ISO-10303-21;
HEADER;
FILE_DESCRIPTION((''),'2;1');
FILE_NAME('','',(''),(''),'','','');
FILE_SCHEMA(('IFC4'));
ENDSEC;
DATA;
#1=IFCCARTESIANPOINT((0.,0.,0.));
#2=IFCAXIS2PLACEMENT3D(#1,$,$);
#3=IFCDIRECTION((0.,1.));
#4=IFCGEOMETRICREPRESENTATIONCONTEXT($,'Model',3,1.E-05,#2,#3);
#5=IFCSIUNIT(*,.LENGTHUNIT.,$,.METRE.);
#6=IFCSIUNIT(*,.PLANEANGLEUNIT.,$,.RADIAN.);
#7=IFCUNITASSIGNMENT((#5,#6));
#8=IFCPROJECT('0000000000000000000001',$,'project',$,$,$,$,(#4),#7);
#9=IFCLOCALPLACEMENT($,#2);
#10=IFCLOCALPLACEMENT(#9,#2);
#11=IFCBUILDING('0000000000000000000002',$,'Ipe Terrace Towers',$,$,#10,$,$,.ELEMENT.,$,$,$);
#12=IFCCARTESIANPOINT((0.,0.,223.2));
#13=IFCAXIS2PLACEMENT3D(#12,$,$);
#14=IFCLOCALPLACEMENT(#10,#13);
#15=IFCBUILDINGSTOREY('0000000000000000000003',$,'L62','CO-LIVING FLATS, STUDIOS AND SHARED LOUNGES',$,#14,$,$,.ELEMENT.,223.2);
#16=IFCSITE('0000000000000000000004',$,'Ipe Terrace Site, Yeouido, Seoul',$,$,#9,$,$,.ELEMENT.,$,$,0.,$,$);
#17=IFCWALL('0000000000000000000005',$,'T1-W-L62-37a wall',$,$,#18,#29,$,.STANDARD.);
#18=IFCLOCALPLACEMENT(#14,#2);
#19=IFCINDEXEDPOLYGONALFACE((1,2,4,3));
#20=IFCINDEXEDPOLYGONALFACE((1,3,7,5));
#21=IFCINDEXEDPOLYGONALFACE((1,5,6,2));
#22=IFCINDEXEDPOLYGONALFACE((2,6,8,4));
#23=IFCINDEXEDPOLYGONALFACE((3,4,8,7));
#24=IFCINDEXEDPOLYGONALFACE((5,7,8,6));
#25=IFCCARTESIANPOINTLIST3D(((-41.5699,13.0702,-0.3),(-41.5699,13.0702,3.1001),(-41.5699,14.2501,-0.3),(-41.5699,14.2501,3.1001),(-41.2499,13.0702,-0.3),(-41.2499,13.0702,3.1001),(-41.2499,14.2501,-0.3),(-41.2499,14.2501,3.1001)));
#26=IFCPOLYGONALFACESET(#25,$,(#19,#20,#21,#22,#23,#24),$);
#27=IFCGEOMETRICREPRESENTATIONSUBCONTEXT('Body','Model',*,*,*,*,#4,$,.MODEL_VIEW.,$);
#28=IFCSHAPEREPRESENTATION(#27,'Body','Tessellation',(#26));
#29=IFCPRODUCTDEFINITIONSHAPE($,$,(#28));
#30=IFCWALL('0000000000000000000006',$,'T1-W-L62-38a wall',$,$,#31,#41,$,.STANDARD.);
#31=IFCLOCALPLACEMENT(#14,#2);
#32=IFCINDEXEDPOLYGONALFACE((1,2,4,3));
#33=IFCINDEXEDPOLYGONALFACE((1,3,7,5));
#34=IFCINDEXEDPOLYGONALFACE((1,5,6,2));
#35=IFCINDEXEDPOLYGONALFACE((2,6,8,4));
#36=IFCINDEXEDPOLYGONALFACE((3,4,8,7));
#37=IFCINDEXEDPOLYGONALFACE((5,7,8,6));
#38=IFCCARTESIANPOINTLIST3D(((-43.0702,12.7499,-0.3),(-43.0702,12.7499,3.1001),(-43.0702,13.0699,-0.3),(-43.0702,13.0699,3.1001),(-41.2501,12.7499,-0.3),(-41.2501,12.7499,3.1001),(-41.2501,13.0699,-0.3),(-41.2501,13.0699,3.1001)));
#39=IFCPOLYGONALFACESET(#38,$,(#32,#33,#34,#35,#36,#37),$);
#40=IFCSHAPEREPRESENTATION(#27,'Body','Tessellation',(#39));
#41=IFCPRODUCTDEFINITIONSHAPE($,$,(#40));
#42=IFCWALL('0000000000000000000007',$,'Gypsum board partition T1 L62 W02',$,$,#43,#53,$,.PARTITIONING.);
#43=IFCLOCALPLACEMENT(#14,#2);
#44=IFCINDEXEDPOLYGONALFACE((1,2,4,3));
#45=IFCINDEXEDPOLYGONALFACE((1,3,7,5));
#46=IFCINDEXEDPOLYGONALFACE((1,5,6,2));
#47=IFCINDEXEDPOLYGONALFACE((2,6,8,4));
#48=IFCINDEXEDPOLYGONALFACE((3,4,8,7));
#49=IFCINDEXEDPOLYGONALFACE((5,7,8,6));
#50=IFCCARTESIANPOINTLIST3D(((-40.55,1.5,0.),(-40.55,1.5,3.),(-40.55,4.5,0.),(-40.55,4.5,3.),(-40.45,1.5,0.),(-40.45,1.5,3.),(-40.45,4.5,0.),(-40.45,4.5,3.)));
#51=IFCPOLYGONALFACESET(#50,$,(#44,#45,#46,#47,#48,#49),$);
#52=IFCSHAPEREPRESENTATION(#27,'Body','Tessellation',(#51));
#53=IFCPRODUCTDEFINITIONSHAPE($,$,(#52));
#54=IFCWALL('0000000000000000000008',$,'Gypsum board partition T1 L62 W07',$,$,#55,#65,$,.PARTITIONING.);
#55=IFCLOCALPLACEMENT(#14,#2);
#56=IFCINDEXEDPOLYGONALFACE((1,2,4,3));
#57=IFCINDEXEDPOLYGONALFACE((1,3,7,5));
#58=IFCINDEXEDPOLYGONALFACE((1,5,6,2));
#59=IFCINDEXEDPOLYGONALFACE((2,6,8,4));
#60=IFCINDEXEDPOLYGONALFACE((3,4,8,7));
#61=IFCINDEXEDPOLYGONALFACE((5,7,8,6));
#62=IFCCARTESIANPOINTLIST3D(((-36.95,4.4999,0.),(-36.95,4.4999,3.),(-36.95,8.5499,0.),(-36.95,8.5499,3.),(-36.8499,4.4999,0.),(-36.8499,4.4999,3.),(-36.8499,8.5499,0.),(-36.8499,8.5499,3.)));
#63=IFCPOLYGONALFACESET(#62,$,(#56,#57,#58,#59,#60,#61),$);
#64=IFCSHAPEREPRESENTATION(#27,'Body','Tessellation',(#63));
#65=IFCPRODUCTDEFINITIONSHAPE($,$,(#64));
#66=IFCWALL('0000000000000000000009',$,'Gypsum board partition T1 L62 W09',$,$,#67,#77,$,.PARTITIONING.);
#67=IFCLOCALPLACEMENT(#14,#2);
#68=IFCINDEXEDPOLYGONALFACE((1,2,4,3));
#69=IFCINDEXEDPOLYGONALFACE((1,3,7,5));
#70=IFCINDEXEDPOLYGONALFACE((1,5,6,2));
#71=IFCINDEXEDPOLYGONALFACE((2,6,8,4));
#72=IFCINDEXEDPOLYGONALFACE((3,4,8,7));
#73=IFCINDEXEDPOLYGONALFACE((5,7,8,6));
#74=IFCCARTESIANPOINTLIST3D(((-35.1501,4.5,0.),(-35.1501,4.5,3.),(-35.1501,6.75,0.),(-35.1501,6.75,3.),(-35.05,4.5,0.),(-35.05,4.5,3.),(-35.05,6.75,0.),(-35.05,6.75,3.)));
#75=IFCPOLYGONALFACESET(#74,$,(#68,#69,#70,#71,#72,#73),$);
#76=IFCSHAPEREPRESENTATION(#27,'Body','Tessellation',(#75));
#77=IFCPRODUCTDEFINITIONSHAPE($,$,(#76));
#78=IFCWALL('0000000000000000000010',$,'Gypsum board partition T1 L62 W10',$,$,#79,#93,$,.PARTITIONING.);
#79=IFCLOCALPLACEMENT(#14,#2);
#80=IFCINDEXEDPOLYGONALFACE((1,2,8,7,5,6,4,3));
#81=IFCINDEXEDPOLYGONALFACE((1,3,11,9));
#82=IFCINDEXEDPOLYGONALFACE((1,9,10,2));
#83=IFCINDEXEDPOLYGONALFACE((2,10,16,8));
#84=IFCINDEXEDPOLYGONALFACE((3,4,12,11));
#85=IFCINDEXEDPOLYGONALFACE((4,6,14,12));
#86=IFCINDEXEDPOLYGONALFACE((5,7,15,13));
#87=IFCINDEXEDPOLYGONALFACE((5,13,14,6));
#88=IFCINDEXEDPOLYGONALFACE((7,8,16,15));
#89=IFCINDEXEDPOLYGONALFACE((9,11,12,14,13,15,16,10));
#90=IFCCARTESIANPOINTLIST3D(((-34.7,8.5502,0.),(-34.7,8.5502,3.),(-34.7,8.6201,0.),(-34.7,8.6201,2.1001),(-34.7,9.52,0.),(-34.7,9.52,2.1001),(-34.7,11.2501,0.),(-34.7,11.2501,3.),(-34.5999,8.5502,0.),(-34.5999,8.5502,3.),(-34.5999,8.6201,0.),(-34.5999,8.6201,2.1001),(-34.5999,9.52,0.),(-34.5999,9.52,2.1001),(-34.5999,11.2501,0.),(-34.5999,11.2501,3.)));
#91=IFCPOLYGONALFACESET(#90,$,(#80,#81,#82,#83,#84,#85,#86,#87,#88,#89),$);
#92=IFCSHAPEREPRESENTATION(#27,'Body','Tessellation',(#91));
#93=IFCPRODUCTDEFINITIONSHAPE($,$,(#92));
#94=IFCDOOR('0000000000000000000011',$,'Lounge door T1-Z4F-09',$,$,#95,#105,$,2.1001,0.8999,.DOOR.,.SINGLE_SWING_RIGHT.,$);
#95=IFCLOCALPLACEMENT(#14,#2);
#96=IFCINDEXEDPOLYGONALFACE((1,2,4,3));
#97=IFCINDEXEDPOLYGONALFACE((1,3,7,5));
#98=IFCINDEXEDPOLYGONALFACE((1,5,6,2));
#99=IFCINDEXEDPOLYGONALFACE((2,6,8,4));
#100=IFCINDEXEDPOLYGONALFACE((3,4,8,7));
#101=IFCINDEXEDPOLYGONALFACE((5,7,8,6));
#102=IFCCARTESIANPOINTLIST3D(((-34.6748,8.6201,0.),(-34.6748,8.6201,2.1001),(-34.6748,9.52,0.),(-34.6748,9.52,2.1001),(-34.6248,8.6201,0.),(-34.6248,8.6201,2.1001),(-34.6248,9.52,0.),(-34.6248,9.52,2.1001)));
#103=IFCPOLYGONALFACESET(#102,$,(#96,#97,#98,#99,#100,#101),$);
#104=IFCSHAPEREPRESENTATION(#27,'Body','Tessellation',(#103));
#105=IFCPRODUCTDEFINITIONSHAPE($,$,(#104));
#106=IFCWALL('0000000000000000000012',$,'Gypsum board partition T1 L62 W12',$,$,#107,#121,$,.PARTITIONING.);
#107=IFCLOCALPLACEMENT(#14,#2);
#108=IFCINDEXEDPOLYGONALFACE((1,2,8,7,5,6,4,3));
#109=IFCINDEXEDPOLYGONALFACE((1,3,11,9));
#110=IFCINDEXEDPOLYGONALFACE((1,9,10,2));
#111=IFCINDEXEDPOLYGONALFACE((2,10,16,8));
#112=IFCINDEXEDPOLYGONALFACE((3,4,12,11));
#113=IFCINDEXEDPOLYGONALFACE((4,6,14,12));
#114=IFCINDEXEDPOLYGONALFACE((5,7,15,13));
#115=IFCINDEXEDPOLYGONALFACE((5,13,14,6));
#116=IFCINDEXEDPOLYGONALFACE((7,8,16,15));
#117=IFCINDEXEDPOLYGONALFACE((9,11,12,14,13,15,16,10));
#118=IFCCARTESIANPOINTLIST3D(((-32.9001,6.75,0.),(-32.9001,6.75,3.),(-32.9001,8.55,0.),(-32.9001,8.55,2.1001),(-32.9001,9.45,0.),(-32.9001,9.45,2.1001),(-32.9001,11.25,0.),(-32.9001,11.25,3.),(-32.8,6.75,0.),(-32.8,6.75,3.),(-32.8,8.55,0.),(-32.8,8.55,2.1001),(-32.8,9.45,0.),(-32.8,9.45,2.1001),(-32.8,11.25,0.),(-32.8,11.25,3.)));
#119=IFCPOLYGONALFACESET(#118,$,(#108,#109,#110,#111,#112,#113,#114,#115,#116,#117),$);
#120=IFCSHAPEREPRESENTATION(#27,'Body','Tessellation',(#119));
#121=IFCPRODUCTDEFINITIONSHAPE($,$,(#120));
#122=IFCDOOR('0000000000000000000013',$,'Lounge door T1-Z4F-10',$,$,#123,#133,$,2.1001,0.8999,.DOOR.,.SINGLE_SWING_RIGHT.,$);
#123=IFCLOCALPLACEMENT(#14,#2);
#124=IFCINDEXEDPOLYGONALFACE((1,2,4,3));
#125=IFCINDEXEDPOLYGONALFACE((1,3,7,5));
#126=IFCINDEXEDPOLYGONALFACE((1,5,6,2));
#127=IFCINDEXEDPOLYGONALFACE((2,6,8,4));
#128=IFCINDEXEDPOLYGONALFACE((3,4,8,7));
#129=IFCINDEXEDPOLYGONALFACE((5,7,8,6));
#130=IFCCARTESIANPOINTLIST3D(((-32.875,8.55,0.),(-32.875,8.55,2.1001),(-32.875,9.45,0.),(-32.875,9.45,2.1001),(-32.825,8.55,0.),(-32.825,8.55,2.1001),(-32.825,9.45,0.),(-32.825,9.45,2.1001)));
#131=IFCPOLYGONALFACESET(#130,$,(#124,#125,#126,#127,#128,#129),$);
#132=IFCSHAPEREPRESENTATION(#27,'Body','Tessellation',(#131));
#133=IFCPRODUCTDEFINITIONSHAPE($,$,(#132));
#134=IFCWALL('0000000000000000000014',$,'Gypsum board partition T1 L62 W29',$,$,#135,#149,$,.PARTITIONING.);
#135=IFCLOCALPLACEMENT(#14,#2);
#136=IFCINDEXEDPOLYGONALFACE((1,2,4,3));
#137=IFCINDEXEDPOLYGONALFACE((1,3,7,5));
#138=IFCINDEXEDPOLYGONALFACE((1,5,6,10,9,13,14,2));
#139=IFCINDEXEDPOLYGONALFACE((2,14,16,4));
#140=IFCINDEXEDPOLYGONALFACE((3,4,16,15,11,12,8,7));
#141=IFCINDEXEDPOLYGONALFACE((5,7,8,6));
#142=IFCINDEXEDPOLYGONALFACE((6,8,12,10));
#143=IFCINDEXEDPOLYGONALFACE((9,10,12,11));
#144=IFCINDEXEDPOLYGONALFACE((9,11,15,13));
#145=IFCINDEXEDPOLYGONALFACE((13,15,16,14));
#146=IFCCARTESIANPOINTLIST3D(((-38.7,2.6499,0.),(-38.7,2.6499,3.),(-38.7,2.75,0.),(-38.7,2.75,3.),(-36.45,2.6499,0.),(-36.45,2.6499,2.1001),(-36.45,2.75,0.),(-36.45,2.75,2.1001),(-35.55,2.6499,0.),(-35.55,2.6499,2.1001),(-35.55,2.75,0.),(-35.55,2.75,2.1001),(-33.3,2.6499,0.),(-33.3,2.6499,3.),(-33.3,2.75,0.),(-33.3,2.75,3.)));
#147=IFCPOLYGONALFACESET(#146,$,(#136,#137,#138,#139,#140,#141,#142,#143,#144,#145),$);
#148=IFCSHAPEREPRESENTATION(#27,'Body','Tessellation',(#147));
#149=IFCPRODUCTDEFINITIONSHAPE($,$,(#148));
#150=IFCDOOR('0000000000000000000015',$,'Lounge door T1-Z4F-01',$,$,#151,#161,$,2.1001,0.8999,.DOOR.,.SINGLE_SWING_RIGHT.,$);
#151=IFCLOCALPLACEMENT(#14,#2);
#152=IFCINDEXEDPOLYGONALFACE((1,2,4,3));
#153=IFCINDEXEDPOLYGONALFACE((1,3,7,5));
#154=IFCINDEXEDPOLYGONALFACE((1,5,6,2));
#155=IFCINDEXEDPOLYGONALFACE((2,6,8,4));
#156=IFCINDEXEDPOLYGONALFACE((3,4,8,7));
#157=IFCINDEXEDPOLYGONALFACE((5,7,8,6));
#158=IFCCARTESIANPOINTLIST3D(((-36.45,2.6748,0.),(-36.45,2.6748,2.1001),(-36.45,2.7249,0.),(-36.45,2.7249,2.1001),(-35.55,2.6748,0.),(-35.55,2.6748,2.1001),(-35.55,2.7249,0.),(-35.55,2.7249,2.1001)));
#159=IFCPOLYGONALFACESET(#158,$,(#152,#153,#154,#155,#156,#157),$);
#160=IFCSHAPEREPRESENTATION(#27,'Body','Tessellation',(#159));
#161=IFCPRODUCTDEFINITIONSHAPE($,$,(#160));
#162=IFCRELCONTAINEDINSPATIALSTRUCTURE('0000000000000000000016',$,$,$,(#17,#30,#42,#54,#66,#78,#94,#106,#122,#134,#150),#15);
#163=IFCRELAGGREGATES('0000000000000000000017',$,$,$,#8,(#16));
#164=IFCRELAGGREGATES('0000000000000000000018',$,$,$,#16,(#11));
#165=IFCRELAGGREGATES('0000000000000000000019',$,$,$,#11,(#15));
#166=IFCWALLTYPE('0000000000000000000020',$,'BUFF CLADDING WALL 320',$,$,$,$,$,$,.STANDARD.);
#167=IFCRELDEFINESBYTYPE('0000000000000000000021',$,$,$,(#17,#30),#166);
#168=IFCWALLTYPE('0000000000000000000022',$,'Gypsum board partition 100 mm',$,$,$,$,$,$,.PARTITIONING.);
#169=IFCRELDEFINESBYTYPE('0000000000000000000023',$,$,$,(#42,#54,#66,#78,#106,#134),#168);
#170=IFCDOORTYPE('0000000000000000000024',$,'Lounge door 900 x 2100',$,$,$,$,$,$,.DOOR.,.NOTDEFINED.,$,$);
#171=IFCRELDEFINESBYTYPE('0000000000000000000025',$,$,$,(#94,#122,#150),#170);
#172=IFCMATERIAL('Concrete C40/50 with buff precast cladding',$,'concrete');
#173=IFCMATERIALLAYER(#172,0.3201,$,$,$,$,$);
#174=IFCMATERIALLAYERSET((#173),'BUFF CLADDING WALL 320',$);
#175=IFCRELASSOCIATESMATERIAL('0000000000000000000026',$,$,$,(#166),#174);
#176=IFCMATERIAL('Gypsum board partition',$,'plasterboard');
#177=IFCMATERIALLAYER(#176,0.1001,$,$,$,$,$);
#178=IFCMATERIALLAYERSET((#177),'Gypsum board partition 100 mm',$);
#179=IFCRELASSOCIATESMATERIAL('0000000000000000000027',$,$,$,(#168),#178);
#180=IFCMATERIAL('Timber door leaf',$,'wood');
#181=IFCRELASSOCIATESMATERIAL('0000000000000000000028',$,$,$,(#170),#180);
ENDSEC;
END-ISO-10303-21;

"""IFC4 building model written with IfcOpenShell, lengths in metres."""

from ifc_helpers import new_model, si_unit, direction, frame, frame_2d, origin, place, context, subcontext, project, spatial, rectangle, extrude, material, layer, layer_set, type_object, element, fill, save


model = new_model("IFC4")

# Units and contexts
model_context = context("Model", 3, precision=1e-05, world=origin(), true_north=direction((0.0, 1.0)))
body_context = subcontext(model_context, "Body", "Model", "MODEL_VIEW")
ifc_project = project(units=[si_unit("LENGTHUNIT", "METRE"), si_unit("PLANEANGLEUNIT", "RADIAN")], contexts=[model_context])

# Site, building, storey
site_placement = place(None, origin())
site = spatial("IfcSite", under=ifc_project, at=site_placement, Name="Ipe Terrace Site, Yeouido, Seoul", CompositionType="ELEMENT", RefElevation=0.0)
building_placement = place(site_placement, origin())
building = spatial("IfcBuilding", under=site, at=building_placement, Name="Ipe Terrace Towers", CompositionType="ELEMENT")
storey_placement = place(building_placement, frame((0.0, 0.0, 223.2)))
storey = spatial("IfcBuildingStorey", under=building, at=storey_placement, Name="L62", Description="CO-LIVING FLATS, STUDIOS AND SHARED LOUNGES", CompositionType="ELEMENT", Elevation=223.2)

# Walls
ifc_material_1 = material(Name="Concrete C40/50 with buff precast cladding", Category="concrete")
ifc_layer_1 = layer(ifc_material_1, 0.3201)
ifc_layer_set_1 = layer_set([ifc_layer_1], Name="BUFF CLADDING WALL 320")
wall_type_1 = type_object("IfcWallType", Name="BUFF CLADDING WALL 320", PredefinedType="STANDARD", material=ifc_layer_set_1)
wall_1_placement = place(storey_placement, frame((-41.4099, 14.25, -0.3), z_axis=(0.0, 0.0, 1.0), x_axis=(0.0, -1.0, 0.0)))
element("IfcWall", 1, at=wall_1_placement, inside=storey, type_object=wall_type_1, Name="T1-W-L62-37a wall", PredefinedType="STANDARD", context=body_context, shape_type="SweptSolid", body=[
    extrude(rectangle(XDim=1.1799, YDim=0.3201, at=frame_2d((0.5898, 0.0))), origin(), (0.0, 0.0, 1.0), 3.4001),
])
wall_2_placement = place(storey_placement, frame((-41.25, 12.9099, -0.3), z_axis=(0.0, 0.0, 1.0), x_axis=(-1.0, 0.0, 0.0)))
element("IfcWall", 2, at=wall_2_placement, inside=storey, type_object=wall_type_1, Name="T1-W-L62-38a wall", PredefinedType="STANDARD", context=body_context, shape_type="SweptSolid", body=[
    extrude(rectangle(XDim=1.8201, YDim=0.3201, at=frame_2d((0.9102, 0.0))), origin(), (0.0, 0.0, 1.0), 3.4001),
])
ifc_material_2 = material(Name="Gypsum board partition", Category="plasterboard")
ifc_layer_2 = layer(ifc_material_2, 0.1001)
ifc_layer_set_2 = layer_set([ifc_layer_2], Name="Gypsum board partition 100 mm")
wall_type_2 = type_object("IfcWallType", Name="Gypsum board partition 100 mm", PredefinedType="PARTITIONING", material=ifc_layer_set_2)
wall_3_placement = place(storey_placement, frame((-40.5, 1.5, 0.0), z_axis=(0.0, 0.0, 1.0), x_axis=(0.0, 1.0, 0.0)))
element("IfcWall", 3, at=wall_3_placement, inside=storey, type_object=wall_type_2, Name="Gypsum board partition T1 L62 W02", PredefinedType="PARTITIONING", context=body_context, shape_type="SweptSolid", body=[
    extrude(rectangle(XDim=3.0, YDim=0.1001, at=frame_2d((1.5, 0.0))), origin(), (0.0, 0.0, 1.0), 3.0),
])
wall_4_placement = place(storey_placement, frame((-36.8999, 4.5, 0.0), z_axis=(0.0, 0.0, 1.0), x_axis=(0.0, 1.0, 0.0)))
element("IfcWall", 4, at=wall_4_placement, inside=storey, type_object=wall_type_2, Name="Gypsum board partition T1 L62 W07", PredefinedType="PARTITIONING", context=body_context, shape_type="SweptSolid", body=[
    extrude(rectangle(XDim=4.05, YDim=0.1001, at=frame_2d((2.0249, 0.0))), origin(), (0.0, 0.0, 1.0), 3.0),
])
wall_5_placement = place(storey_placement, frame((-35.1001, 4.5, 0.0), z_axis=(0.0, 0.0, 1.0), x_axis=(0.0, 1.0, 0.0)))
element("IfcWall", 5, at=wall_5_placement, inside=storey, type_object=wall_type_2, Name="Gypsum board partition T1 L62 W09", PredefinedType="PARTITIONING", context=body_context, shape_type="SweptSolid", body=[
    extrude(rectangle(XDim=2.25, YDim=0.1001, at=frame_2d((1.125, 0.0))), origin(), (0.0, 0.0, 1.0), 3.0),
])

# Walls, openings, doors
wall_6_placement = place(storey_placement, frame((-34.6499, 8.55, 0.0), z_axis=(0.0, 0.0, 1.0), x_axis=(0.0, 1.0, 0.0)))
wall_6 = element("IfcWall", 6, at=wall_6_placement, inside=storey, type_object=wall_type_2, Name="Gypsum board partition T1 L62 W10", PredefinedType="PARTITIONING", context=body_context, shape_type="SweptSolid", body=[
    extrude(rectangle(XDim=2.7, YDim=0.1001, at=frame_2d((1.3501, 0.0))), origin(), (0.0, 0.0, 1.0), 3.0),
])
opening_1_placement = place(wall_6_placement, frame((0.0701, 0.0, 0.0)))
opening_1 = element("IfcOpeningElement", 7, at=opening_1_placement, cuts=wall_6, PredefinedType="OPENING", context=body_context, shape_type="SweptSolid", body=[
    extrude(rectangle(XDim=0.8999, YDim=2.1001, at=frame_2d((0.45, 1.05))), frame((0.0, 0.0601, 0.0), z_axis=(0.0, -1.0, 0.0), x_axis=(1.0, 0.0, 0.0)), (0.0, 0.0, 1.0), 0.1201),
])
ifc_material_3 = material(Name="Timber door leaf", Category="wood")
door_type = type_object("IfcDoorType", Name="Lounge door 900 x 2100", OperationType="NOTDEFINED", PredefinedType="DOOR", material=ifc_material_3)
door_1_placement = place(opening_1_placement, origin())
door_1 = element("IfcDoor", 8, at=door_1_placement, inside=storey, type_object=door_type, Name="Lounge door T1-Z4F-09", OperationType="SINGLE_SWING_RIGHT", OverallHeight=2.1001, OverallWidth=0.8999, PredefinedType="DOOR", context=body_context, shape_type="SweptSolid", body=[
    extrude(rectangle(XDim=0.8999, YDim=2.1001, at=frame_2d((0.45, 1.05))), frame((0.0, 0.0249, 0.0), z_axis=(0.0, -1.0, 0.0), x_axis=(1.0, 0.0, 0.0)), (0.0, 0.0, 1.0), 0.05),
])
fill(opening_1, door_1)
wall_7_placement = place(storey_placement, frame((-32.8501, 6.75, 0.0), z_axis=(0.0, 0.0, 1.0), x_axis=(0.0, 1.0, 0.0)))
wall_7 = element("IfcWall", 9, at=wall_7_placement, inside=storey, type_object=wall_type_2, Name="Gypsum board partition T1 L62 W12", PredefinedType="PARTITIONING", context=body_context, shape_type="SweptSolid", body=[
    extrude(rectangle(XDim=4.5, YDim=0.1001, at=frame_2d((2.25, 0.0))), origin(), (0.0, 0.0, 1.0), 3.0),
])
opening_2_placement = place(wall_7_placement, frame((1.8, 0.0, 0.0)))
opening_2 = element("IfcOpeningElement", 10, at=opening_2_placement, cuts=wall_7, PredefinedType="OPENING", context=body_context, shape_type="SweptSolid", body=[
    extrude(rectangle(XDim=0.8999, YDim=2.1001, at=frame_2d((0.45, 1.05))), frame((0.0, 0.0601, 0.0), z_axis=(0.0, -1.0, 0.0), x_axis=(1.0, 0.0, 0.0)), (0.0, 0.0, 1.0), 0.1201),
])
door_2_placement = place(opening_2_placement, origin())
door_2 = element("IfcDoor", 11, at=door_2_placement, inside=storey, type_object=door_type, Name="Lounge door T1-Z4F-10", OperationType="SINGLE_SWING_RIGHT", OverallHeight=2.1001, OverallWidth=0.8999, PredefinedType="DOOR", context=body_context, shape_type="SweptSolid", body=[
    extrude(rectangle(XDim=0.8999, YDim=2.1001, at=frame_2d((0.45, 1.05))), frame((0.0, 0.0249, 0.0), z_axis=(0.0, -1.0, 0.0), x_axis=(1.0, 0.0, 0.0)), (0.0, 0.0, 1.0), 0.05),
])
fill(opening_2, door_2)
wall_8_placement = place(storey_placement, frame((-38.7, 2.7, 0.0), z_axis=(0.0, 0.0, 1.0), x_axis=(1.0, 0.0, 0.0)))
wall_8 = element("IfcWall", 12, at=wall_8_placement, inside=storey, type_object=wall_type_2, Name="Gypsum board partition T1 L62 W29", PredefinedType="PARTITIONING", context=body_context, shape_type="SweptSolid", body=[
    extrude(rectangle(XDim=5.3999, YDim=0.1001, at=frame_2d((2.7, 0.0))), origin(), (0.0, 0.0, 1.0), 3.0),
])
opening_3_placement = place(wall_8_placement, frame((2.25, 0.0, 0.0)))
opening_3 = element("IfcOpeningElement", 13, at=opening_3_placement, cuts=wall_8, PredefinedType="OPENING", context=body_context, shape_type="SweptSolid", body=[
    extrude(rectangle(XDim=0.8999, YDim=2.1001, at=frame_2d((0.45, 1.05))), frame((0.0, 0.0601, 0.0), z_axis=(0.0, -1.0, 0.0), x_axis=(1.0, 0.0, 0.0)), (0.0, 0.0, 1.0), 0.1201),
])
door_3_placement = place(opening_3_placement, origin())
door_3 = element("IfcDoor", 14, at=door_3_placement, inside=storey, type_object=door_type, Name="Lounge door T1-Z4F-01", OperationType="SINGLE_SWING_RIGHT", OverallHeight=2.1001, OverallWidth=0.8999, PredefinedType="DOOR", context=body_context, shape_type="SweptSolid", body=[
    extrude(rectangle(XDim=0.8999, YDim=2.1001, at=frame_2d((0.45, 1.05))), frame((0.0, 0.0249, 0.0), z_axis=(0.0, -1.0, 0.0), x_axis=(1.0, 0.0, 0.0)), (0.0, 0.0, 1.0), 0.05),
])
fill(opening_3, door_3)

save(model, "model.ifc")
